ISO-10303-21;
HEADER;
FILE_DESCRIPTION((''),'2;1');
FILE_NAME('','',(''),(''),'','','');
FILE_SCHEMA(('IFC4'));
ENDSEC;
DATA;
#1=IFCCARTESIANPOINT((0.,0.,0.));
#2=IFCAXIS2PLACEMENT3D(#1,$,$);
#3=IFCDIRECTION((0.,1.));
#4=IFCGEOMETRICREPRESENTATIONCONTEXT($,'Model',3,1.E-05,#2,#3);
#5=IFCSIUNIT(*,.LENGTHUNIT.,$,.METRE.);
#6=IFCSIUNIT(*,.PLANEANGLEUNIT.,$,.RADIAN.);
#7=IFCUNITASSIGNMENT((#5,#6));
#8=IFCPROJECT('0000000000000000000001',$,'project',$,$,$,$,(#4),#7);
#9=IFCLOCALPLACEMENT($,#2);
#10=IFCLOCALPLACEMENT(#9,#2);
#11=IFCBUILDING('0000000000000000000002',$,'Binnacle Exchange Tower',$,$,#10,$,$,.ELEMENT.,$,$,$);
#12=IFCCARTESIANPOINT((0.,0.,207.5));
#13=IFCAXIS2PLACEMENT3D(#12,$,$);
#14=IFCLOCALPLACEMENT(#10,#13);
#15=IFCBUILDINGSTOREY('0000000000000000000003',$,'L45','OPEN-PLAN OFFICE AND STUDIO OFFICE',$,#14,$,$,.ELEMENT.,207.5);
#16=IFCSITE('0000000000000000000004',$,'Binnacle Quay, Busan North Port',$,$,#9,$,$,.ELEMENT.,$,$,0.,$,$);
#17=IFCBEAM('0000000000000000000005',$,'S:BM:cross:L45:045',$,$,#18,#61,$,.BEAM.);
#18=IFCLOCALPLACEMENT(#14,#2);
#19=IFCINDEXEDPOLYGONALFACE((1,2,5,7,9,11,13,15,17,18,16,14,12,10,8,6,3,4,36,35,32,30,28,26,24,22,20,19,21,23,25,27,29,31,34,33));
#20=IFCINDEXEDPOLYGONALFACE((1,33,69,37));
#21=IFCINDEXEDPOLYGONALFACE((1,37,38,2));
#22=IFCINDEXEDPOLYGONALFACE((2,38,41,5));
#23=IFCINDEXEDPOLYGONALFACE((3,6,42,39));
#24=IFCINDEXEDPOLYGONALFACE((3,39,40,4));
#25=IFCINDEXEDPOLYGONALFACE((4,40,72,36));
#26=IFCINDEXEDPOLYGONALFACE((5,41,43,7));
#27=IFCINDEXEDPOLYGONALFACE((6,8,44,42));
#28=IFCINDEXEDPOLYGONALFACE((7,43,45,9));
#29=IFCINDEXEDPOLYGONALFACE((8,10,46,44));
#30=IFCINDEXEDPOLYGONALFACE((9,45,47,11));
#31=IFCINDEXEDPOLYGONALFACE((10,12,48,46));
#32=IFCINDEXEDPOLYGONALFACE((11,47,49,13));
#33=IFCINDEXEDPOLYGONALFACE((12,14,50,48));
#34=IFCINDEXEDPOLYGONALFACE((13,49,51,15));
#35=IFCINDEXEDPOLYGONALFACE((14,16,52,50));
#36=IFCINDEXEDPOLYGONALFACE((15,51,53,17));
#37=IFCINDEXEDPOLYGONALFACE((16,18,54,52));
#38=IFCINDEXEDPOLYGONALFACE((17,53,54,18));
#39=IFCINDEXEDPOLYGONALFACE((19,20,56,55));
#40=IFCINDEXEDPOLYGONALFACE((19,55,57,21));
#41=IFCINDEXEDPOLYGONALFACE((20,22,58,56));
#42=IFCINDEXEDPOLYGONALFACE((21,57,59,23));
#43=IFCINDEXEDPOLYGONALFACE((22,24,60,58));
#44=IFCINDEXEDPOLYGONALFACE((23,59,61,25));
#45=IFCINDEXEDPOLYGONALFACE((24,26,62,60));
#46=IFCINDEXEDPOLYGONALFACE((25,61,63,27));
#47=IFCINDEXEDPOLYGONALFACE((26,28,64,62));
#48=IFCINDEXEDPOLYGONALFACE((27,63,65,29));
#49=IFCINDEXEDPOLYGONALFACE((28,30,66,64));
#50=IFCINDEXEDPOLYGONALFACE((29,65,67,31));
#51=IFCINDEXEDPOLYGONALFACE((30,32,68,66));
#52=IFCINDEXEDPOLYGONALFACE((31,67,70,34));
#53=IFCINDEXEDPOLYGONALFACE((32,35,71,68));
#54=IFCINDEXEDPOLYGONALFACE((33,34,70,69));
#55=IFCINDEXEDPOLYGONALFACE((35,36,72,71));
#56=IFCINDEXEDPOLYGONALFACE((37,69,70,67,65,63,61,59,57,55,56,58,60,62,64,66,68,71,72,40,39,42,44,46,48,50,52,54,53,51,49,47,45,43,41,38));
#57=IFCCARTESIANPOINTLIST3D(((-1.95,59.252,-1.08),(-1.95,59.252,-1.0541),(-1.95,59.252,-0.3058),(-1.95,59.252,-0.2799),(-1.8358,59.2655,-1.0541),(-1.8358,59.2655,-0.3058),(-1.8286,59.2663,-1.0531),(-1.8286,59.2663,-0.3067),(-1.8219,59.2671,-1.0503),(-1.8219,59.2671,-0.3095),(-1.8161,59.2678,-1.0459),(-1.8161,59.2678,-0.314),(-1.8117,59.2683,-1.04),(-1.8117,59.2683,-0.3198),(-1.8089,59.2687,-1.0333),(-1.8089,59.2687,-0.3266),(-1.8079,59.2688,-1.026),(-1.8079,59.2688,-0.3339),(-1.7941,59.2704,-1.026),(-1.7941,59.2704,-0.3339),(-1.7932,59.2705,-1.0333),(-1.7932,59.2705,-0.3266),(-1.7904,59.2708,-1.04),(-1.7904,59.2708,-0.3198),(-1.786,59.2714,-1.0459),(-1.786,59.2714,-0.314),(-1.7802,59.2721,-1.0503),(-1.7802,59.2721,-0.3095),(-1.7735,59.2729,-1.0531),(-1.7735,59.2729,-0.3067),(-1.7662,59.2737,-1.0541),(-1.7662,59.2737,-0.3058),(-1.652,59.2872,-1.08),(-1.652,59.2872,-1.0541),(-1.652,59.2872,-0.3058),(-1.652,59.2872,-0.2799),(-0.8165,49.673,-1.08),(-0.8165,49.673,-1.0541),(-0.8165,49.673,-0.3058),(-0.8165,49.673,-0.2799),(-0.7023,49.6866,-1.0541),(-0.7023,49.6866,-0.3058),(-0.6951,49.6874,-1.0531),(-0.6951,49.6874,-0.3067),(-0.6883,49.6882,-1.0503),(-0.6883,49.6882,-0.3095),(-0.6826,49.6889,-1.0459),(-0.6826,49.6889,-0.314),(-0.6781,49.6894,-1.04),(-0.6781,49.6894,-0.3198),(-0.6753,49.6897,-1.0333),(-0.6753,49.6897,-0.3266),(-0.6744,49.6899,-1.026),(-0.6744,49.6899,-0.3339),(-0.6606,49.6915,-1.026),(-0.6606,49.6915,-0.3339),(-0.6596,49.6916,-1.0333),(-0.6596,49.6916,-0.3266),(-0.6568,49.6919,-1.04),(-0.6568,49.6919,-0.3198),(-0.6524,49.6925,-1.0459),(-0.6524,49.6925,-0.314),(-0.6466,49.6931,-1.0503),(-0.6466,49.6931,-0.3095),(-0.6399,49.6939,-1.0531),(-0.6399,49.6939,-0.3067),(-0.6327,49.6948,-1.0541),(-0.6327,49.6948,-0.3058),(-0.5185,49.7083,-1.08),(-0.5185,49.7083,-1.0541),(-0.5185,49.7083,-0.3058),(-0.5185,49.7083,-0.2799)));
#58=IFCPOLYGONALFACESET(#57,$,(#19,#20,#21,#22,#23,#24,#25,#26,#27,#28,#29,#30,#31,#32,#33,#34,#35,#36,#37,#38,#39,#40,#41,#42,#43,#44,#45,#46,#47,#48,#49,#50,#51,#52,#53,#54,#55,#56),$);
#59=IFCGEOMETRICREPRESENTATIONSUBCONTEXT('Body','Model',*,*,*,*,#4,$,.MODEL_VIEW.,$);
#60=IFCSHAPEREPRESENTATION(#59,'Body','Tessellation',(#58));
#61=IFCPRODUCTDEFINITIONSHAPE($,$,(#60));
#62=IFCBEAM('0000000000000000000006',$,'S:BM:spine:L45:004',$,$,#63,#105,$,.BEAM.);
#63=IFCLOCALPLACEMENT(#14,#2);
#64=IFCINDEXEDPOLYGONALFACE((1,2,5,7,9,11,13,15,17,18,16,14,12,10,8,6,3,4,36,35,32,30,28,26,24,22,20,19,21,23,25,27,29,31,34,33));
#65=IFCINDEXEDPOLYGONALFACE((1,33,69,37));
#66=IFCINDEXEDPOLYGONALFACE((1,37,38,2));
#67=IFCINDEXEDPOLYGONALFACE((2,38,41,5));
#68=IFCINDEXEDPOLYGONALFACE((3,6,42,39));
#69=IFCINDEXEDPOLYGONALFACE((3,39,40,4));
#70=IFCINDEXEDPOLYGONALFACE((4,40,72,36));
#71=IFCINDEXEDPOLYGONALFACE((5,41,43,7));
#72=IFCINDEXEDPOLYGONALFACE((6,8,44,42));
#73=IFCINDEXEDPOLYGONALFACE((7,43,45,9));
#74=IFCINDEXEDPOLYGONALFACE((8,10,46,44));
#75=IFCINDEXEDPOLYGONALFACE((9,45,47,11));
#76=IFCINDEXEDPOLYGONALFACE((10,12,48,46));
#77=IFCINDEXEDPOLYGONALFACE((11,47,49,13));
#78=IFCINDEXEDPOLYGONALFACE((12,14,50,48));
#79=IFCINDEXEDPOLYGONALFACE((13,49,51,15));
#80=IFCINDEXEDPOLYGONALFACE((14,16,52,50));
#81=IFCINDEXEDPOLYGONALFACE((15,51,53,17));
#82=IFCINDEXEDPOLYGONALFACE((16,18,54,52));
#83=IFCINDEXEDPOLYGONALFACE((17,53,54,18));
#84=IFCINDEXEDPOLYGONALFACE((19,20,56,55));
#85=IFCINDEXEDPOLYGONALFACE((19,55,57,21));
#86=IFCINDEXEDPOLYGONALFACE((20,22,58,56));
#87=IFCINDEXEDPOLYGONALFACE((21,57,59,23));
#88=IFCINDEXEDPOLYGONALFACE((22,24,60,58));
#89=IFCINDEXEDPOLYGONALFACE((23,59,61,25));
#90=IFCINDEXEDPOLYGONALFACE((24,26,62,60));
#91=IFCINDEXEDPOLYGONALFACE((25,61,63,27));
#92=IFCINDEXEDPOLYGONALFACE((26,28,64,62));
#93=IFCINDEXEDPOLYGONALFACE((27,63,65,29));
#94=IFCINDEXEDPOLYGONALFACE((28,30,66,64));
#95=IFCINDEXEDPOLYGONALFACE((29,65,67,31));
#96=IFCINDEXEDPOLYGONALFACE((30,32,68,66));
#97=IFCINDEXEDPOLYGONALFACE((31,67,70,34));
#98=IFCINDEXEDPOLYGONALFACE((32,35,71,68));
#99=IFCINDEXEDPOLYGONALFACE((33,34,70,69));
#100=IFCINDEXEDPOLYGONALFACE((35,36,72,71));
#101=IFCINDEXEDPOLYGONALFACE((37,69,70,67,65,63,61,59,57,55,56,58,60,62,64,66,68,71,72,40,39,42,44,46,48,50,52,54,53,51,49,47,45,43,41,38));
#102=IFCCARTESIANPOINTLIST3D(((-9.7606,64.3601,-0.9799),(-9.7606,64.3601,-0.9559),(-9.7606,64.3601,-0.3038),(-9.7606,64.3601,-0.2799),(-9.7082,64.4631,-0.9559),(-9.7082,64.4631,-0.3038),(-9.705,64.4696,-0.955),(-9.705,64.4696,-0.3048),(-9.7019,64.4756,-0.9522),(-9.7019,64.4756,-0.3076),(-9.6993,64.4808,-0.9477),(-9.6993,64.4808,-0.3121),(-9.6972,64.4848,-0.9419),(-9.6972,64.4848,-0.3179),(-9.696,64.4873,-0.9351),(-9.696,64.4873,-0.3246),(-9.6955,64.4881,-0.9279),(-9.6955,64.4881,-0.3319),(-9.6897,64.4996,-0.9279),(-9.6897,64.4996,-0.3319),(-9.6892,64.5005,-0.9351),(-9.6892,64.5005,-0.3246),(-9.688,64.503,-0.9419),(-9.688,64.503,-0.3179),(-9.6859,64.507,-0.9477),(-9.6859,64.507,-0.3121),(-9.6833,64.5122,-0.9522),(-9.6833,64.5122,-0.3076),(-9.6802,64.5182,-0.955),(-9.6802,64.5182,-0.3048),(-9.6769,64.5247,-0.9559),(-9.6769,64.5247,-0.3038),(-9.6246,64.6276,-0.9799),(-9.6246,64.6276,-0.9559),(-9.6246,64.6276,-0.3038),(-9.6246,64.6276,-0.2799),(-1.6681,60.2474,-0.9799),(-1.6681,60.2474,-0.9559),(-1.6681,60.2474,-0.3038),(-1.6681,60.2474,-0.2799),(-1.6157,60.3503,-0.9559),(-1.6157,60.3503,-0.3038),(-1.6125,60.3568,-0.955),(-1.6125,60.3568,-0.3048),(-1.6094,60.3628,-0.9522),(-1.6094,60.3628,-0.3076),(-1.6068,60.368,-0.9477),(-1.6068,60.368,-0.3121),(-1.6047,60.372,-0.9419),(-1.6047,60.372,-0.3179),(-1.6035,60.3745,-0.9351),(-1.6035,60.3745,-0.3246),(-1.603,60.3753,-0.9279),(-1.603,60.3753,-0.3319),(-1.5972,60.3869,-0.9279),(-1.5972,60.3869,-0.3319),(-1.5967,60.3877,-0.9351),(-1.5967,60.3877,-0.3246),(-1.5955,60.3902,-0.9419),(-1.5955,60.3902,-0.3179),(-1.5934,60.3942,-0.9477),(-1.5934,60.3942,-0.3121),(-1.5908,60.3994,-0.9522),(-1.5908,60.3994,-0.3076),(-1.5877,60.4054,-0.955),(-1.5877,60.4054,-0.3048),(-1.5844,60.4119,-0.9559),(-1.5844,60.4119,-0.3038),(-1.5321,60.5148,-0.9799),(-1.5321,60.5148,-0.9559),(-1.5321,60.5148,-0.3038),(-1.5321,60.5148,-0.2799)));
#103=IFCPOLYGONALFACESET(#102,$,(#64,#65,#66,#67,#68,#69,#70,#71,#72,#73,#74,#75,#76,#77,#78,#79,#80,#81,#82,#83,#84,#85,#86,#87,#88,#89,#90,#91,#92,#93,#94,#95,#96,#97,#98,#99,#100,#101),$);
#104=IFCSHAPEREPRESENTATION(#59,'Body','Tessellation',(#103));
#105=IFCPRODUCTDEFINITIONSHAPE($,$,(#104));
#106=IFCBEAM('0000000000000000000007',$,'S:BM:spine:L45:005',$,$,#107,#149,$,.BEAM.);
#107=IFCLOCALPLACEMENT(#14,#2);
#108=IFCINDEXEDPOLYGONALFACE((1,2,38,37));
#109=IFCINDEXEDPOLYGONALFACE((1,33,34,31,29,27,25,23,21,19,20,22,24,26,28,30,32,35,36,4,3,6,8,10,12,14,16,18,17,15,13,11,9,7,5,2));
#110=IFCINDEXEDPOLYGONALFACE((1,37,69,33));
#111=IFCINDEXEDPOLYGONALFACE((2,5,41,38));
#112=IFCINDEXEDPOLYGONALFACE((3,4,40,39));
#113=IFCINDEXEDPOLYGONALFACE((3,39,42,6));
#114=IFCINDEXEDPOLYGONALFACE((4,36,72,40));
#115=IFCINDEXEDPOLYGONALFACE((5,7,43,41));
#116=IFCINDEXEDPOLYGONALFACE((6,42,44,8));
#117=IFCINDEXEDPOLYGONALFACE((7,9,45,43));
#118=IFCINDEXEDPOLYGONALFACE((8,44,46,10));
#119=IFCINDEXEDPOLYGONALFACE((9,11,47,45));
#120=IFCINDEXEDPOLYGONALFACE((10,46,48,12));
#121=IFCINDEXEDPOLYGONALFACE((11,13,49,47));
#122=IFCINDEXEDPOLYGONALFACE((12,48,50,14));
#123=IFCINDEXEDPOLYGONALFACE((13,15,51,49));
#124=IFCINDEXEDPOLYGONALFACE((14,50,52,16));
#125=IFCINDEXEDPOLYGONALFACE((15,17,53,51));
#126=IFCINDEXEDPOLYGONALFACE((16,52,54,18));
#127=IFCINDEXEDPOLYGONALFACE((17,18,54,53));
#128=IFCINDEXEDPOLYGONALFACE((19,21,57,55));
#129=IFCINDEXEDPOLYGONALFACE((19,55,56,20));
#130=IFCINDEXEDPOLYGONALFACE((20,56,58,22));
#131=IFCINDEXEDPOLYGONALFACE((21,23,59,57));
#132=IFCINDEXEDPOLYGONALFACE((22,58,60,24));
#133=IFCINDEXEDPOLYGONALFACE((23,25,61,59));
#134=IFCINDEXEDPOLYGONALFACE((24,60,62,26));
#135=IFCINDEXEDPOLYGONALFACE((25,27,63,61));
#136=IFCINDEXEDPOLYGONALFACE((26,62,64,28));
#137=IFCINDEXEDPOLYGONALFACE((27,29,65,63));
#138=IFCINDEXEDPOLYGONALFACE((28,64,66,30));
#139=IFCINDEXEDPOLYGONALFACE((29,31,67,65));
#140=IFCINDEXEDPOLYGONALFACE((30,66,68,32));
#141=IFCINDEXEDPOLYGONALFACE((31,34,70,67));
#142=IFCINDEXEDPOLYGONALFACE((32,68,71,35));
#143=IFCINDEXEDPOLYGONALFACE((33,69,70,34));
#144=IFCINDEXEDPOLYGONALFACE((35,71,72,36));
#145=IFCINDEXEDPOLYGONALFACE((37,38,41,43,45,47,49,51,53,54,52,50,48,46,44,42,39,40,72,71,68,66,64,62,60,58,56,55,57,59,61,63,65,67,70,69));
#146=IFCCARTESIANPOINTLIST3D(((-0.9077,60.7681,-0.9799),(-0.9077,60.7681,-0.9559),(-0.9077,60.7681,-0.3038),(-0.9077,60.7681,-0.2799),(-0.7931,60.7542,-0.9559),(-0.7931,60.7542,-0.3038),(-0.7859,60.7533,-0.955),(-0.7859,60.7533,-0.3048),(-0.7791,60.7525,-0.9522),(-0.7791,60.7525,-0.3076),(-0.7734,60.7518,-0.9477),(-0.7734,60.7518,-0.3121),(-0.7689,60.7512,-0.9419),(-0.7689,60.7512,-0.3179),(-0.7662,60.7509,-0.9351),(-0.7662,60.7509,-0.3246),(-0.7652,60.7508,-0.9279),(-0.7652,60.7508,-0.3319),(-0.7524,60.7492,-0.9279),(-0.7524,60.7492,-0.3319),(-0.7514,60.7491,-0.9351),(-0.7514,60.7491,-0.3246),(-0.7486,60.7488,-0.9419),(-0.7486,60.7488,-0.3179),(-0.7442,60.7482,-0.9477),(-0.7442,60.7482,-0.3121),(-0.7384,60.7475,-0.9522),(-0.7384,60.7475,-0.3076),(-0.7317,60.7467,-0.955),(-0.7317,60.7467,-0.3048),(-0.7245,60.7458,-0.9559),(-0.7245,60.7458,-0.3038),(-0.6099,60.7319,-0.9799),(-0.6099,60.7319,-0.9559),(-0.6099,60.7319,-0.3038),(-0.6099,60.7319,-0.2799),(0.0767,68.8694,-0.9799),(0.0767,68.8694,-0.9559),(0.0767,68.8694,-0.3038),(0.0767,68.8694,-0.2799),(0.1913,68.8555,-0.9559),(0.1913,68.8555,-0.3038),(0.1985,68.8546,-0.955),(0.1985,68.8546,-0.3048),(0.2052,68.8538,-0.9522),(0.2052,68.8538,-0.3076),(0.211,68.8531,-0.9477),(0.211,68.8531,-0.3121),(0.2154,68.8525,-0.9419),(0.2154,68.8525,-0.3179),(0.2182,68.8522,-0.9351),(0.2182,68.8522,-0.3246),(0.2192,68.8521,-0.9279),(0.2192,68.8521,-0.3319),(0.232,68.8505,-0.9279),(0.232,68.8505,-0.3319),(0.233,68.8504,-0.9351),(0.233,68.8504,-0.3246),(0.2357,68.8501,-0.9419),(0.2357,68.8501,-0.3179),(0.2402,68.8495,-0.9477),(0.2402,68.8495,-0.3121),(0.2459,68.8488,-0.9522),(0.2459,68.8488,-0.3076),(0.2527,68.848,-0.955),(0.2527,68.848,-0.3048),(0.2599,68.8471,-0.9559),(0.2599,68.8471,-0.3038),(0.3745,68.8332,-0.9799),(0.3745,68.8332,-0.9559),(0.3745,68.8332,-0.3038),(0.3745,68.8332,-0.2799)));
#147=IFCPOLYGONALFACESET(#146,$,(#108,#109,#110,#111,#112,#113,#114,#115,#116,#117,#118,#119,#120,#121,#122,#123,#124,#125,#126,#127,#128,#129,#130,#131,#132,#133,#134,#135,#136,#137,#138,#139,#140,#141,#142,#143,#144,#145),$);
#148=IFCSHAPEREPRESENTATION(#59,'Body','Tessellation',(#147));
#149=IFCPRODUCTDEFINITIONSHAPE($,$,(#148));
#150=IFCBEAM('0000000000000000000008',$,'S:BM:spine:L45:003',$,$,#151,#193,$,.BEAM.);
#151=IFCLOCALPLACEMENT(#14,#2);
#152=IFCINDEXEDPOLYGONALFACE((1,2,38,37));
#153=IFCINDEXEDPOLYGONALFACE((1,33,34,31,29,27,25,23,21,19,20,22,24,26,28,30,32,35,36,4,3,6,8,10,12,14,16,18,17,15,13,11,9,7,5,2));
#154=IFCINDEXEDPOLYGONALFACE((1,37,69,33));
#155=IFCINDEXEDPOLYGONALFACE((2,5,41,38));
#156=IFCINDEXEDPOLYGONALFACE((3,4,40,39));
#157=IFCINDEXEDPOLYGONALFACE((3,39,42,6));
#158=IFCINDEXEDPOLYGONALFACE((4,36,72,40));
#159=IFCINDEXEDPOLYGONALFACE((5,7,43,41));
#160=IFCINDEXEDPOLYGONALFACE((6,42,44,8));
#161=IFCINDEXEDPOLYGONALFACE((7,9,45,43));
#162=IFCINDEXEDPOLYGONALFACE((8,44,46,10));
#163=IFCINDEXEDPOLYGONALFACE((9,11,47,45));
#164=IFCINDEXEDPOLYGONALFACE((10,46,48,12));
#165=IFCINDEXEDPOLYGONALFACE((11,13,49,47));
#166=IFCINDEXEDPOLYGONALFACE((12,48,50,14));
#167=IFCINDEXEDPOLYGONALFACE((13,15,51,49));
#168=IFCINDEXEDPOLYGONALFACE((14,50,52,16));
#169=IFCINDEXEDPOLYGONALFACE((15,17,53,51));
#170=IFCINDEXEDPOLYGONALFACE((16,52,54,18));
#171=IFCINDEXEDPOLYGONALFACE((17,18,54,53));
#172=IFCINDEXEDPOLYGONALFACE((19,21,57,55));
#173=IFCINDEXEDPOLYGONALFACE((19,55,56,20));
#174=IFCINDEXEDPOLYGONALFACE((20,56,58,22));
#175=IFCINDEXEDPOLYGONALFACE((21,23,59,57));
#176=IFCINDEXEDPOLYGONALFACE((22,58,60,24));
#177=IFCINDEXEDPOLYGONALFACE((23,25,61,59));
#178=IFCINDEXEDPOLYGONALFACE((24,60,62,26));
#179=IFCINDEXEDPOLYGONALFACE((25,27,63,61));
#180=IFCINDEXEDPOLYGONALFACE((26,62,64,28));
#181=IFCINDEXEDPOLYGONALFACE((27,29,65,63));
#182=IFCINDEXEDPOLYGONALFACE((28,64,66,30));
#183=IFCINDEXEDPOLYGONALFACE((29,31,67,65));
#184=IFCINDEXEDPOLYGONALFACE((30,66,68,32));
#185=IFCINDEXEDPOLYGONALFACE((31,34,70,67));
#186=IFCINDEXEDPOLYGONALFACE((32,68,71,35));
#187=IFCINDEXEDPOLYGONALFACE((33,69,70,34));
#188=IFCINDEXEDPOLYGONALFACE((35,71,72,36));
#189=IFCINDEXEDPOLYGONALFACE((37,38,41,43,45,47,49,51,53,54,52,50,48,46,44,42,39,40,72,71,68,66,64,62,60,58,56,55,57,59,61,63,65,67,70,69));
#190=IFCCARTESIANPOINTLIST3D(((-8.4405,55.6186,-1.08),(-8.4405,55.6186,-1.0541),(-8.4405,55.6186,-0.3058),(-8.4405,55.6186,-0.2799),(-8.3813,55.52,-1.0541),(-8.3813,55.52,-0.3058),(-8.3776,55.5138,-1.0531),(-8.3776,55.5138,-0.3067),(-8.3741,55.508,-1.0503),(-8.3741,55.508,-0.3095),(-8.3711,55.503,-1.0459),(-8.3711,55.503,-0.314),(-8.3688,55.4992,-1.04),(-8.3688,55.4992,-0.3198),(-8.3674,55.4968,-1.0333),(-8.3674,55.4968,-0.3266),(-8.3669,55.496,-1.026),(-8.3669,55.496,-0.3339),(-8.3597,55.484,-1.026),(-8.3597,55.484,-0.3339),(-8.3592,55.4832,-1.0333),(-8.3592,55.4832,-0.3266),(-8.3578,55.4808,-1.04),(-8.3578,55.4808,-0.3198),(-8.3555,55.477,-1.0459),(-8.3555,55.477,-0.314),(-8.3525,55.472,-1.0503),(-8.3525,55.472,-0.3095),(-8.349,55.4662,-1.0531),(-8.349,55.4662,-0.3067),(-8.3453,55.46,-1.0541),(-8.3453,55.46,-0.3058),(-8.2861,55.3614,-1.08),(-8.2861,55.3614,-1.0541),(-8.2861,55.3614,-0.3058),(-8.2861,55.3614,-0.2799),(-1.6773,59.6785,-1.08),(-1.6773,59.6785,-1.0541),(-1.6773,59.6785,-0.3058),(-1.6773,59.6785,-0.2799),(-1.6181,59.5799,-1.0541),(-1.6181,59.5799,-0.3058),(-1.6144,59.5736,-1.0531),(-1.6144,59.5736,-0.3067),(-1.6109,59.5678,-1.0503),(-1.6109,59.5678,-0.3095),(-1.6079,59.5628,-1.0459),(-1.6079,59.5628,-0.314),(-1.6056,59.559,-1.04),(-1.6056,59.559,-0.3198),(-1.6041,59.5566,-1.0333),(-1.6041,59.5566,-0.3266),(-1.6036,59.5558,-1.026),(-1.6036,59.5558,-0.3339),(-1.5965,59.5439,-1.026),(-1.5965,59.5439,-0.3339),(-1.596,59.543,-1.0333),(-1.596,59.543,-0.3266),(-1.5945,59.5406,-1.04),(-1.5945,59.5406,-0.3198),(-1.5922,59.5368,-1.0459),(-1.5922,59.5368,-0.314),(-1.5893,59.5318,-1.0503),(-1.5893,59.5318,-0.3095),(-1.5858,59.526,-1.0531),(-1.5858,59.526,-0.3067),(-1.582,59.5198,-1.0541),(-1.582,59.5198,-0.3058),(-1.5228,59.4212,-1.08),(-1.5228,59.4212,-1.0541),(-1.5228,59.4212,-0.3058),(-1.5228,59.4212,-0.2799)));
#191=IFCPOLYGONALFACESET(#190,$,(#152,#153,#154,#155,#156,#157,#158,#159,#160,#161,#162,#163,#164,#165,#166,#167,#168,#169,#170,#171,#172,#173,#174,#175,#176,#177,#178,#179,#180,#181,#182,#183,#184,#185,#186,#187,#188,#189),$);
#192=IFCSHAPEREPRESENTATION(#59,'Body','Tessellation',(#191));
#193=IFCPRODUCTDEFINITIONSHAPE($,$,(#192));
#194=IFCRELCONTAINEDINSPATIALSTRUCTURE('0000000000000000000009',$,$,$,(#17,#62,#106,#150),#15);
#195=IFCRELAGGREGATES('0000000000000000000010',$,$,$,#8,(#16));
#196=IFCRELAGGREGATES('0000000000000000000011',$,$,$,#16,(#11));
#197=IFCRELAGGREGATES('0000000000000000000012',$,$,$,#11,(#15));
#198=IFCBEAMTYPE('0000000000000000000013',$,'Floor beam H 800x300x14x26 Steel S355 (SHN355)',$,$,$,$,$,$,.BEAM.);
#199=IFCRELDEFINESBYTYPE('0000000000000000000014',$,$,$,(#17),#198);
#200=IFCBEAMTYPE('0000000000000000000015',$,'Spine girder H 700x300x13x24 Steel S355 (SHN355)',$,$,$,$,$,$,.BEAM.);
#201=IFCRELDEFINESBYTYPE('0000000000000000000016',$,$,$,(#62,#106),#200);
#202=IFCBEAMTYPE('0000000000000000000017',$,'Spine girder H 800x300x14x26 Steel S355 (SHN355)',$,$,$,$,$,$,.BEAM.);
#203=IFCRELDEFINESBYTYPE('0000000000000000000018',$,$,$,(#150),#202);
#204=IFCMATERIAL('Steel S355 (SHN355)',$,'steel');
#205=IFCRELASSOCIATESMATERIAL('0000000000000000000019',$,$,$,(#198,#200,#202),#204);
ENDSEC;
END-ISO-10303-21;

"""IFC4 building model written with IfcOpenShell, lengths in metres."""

from ifc_helpers import new_model, si_unit, direction, frame, origin, origin_2d, place, context, subcontext, project, spatial, i_section, extrude, material, material_profile, profile_set, type_object, element, save


model = new_model("IFC4")

# Units and contexts
model_context = context("Model", 3, precision=1e-05, world=origin(), true_north=direction((0.0, 1.0)))
body_context = subcontext(model_context, "Body", "Model", "MODEL_VIEW")
ifc_project = project(units=[si_unit("LENGTHUNIT", "METRE"), si_unit("PLANEANGLEUNIT", "RADIAN")], contexts=[model_context])

# Site, building, storey
site_placement = place(None, origin())
site = spatial("IfcSite", under=ifc_project, at=site_placement, Name="Binnacle Quay, Busan North Port", CompositionType="ELEMENT", RefElevation=0.0)
building_placement = place(site_placement, origin())
building = spatial("IfcBuilding", under=site, at=building_placement, Name="Binnacle Exchange Tower", CompositionType="ELEMENT")
storey_placement = place(building_placement, frame((0.0, 0.0, 207.5)))
storey = spatial("IfcBuildingStorey", under=building, at=storey_placement, Name="L45", Description="OPEN-PLAN OFFICE AND STUDIO OFFICE", CompositionType="ELEMENT", Elevation=207.5)

# Beams
ifc_material_1 = material(Name="Steel S355 (SHN355)", Category="steel")
ifc_material_profile_1 = material_profile(ifc_material_1, i_section(OverallWidth=0.3, OverallDepth=0.8, WebThickness=0.0139, FlangeThickness=0.0259, FilletRadius=0.0281, at=origin_2d()), Name="H 800x300x14x26")
ifc_profile_set_1 = profile_set([ifc_material_profile_1], Name="Steel S355 (SHN355)")
beam_type_1 = type_object("IfcBeamType", Name="Floor beam H 800x300x14x26 Steel S355 (SHN355)", PredefinedType="BEAM", material=ifc_profile_set_1)
beam_1_placement = place(storey_placement, frame((-0.6675, 49.6907, -0.6799), z_axis=(-0.117518, 0.993071, 0.0), x_axis=(-0.993071, -0.117518, 0.0)))
element("IfcBeam", 1, at=beam_1_placement, inside=storey, type_object=beam_type_1, Name="S:BM:cross:L45:045", PredefinedType="BEAM", context=body_context, shape_type="SweptSolid", body=[
    extrude(i_section(OverallWidth=0.3, OverallDepth=0.8, WebThickness=0.0139, FlangeThickness=0.0259, FilletRadius=0.0281, at=origin_2d()), origin(), (0.0, 0.0, 1.0), 9.6458),
])
ifc_material_profile_2 = material_profile(ifc_material_1, i_section(OverallWidth=0.3, OverallDepth=0.7, WebThickness=0.0129, FlangeThickness=0.0239, FilletRadius=0.0281, at=origin_2d()), Name="H 700x300x13x24")
ifc_profile_set_2 = profile_set([ifc_material_profile_2], Name="Steel S355 (SHN355)")
beam_type_2 = type_object("IfcBeamType", Name="Spine girder H 700x300x13x24 Steel S355 (SHN355)", PredefinedType="BEAM", material=ifc_profile_set_2)
beam_2_placement = place(storey_placement, frame((-1.6001, 60.3811, -0.6299), z_axis=(-0.891476, 0.453067, 0.0), x_axis=(-0.453067, -0.891476, 0.0)))
element("IfcBeam", 2, at=beam_2_placement, inside=storey, type_object=beam_type_2, Name="S:BM:spine:L45:004", PredefinedType="BEAM", context=body_context, shape_type="SweptSolid", body=[
    extrude(i_section(OverallWidth=0.3, OverallDepth=0.7, WebThickness=0.0129, FlangeThickness=0.0239, FilletRadius=0.0281, at=origin_2d()), origin(), (0.0, 0.0, 1.0), 9.0776),
])
beam_3_placement = place(storey_placement, frame((-0.7588, 60.75, -0.6299), z_axis=(0.120621, 0.992699, 0.0), x_axis=(-0.992699, 0.120621, 0.0)))
element("IfcBeam", 3, at=beam_3_placement, inside=storey, type_object=beam_type_2, Name="S:BM:spine:L45:005", PredefinedType="BEAM", context=body_context, shape_type="SweptSolid", body=[
    extrude(i_section(OverallWidth=0.3, OverallDepth=0.7, WebThickness=0.0129, FlangeThickness=0.0239, FilletRadius=0.0281, at=origin_2d()), origin(), (0.0, 0.0, 1.0), 8.1609),
])
ifc_material_profile_3 = material_profile(ifc_material_1, i_section(OverallWidth=0.3, OverallDepth=0.8, WebThickness=0.0139, FlangeThickness=0.0259, FilletRadius=0.0281, at=origin_2d()), Name="H 800x300x14x26")
ifc_profile_set_3 = profile_set([ifc_material_profile_3], Name="Steel S355 (SHN355)")
beam_type_3 = type_object("IfcBeamType", Name="Spine girder H 800x300x14x26 Steel S355 (SHN355)", PredefinedType="BEAM", material=ifc_profile_set_3)
beam_4_placement = place(storey_placement, frame((-8.3633, 55.49, -0.6799), z_axis=(0.857386, 0.514673, 0.0), x_axis=(-0.514673, 0.857386, 0.0)))
element("IfcBeam", 4, at=beam_4_placement, inside=storey, type_object=beam_type_3, Name="S:BM:spine:L45:003", PredefinedType="BEAM", context=body_context, shape_type="SweptSolid", body=[
    extrude(i_section(OverallWidth=0.3, OverallDepth=0.8, WebThickness=0.0139, FlangeThickness=0.0259, FilletRadius=0.0281, at=origin_2d()), origin(), (0.0, 0.0, 1.0), 7.8882),
])

save(model, "model.ifc")
